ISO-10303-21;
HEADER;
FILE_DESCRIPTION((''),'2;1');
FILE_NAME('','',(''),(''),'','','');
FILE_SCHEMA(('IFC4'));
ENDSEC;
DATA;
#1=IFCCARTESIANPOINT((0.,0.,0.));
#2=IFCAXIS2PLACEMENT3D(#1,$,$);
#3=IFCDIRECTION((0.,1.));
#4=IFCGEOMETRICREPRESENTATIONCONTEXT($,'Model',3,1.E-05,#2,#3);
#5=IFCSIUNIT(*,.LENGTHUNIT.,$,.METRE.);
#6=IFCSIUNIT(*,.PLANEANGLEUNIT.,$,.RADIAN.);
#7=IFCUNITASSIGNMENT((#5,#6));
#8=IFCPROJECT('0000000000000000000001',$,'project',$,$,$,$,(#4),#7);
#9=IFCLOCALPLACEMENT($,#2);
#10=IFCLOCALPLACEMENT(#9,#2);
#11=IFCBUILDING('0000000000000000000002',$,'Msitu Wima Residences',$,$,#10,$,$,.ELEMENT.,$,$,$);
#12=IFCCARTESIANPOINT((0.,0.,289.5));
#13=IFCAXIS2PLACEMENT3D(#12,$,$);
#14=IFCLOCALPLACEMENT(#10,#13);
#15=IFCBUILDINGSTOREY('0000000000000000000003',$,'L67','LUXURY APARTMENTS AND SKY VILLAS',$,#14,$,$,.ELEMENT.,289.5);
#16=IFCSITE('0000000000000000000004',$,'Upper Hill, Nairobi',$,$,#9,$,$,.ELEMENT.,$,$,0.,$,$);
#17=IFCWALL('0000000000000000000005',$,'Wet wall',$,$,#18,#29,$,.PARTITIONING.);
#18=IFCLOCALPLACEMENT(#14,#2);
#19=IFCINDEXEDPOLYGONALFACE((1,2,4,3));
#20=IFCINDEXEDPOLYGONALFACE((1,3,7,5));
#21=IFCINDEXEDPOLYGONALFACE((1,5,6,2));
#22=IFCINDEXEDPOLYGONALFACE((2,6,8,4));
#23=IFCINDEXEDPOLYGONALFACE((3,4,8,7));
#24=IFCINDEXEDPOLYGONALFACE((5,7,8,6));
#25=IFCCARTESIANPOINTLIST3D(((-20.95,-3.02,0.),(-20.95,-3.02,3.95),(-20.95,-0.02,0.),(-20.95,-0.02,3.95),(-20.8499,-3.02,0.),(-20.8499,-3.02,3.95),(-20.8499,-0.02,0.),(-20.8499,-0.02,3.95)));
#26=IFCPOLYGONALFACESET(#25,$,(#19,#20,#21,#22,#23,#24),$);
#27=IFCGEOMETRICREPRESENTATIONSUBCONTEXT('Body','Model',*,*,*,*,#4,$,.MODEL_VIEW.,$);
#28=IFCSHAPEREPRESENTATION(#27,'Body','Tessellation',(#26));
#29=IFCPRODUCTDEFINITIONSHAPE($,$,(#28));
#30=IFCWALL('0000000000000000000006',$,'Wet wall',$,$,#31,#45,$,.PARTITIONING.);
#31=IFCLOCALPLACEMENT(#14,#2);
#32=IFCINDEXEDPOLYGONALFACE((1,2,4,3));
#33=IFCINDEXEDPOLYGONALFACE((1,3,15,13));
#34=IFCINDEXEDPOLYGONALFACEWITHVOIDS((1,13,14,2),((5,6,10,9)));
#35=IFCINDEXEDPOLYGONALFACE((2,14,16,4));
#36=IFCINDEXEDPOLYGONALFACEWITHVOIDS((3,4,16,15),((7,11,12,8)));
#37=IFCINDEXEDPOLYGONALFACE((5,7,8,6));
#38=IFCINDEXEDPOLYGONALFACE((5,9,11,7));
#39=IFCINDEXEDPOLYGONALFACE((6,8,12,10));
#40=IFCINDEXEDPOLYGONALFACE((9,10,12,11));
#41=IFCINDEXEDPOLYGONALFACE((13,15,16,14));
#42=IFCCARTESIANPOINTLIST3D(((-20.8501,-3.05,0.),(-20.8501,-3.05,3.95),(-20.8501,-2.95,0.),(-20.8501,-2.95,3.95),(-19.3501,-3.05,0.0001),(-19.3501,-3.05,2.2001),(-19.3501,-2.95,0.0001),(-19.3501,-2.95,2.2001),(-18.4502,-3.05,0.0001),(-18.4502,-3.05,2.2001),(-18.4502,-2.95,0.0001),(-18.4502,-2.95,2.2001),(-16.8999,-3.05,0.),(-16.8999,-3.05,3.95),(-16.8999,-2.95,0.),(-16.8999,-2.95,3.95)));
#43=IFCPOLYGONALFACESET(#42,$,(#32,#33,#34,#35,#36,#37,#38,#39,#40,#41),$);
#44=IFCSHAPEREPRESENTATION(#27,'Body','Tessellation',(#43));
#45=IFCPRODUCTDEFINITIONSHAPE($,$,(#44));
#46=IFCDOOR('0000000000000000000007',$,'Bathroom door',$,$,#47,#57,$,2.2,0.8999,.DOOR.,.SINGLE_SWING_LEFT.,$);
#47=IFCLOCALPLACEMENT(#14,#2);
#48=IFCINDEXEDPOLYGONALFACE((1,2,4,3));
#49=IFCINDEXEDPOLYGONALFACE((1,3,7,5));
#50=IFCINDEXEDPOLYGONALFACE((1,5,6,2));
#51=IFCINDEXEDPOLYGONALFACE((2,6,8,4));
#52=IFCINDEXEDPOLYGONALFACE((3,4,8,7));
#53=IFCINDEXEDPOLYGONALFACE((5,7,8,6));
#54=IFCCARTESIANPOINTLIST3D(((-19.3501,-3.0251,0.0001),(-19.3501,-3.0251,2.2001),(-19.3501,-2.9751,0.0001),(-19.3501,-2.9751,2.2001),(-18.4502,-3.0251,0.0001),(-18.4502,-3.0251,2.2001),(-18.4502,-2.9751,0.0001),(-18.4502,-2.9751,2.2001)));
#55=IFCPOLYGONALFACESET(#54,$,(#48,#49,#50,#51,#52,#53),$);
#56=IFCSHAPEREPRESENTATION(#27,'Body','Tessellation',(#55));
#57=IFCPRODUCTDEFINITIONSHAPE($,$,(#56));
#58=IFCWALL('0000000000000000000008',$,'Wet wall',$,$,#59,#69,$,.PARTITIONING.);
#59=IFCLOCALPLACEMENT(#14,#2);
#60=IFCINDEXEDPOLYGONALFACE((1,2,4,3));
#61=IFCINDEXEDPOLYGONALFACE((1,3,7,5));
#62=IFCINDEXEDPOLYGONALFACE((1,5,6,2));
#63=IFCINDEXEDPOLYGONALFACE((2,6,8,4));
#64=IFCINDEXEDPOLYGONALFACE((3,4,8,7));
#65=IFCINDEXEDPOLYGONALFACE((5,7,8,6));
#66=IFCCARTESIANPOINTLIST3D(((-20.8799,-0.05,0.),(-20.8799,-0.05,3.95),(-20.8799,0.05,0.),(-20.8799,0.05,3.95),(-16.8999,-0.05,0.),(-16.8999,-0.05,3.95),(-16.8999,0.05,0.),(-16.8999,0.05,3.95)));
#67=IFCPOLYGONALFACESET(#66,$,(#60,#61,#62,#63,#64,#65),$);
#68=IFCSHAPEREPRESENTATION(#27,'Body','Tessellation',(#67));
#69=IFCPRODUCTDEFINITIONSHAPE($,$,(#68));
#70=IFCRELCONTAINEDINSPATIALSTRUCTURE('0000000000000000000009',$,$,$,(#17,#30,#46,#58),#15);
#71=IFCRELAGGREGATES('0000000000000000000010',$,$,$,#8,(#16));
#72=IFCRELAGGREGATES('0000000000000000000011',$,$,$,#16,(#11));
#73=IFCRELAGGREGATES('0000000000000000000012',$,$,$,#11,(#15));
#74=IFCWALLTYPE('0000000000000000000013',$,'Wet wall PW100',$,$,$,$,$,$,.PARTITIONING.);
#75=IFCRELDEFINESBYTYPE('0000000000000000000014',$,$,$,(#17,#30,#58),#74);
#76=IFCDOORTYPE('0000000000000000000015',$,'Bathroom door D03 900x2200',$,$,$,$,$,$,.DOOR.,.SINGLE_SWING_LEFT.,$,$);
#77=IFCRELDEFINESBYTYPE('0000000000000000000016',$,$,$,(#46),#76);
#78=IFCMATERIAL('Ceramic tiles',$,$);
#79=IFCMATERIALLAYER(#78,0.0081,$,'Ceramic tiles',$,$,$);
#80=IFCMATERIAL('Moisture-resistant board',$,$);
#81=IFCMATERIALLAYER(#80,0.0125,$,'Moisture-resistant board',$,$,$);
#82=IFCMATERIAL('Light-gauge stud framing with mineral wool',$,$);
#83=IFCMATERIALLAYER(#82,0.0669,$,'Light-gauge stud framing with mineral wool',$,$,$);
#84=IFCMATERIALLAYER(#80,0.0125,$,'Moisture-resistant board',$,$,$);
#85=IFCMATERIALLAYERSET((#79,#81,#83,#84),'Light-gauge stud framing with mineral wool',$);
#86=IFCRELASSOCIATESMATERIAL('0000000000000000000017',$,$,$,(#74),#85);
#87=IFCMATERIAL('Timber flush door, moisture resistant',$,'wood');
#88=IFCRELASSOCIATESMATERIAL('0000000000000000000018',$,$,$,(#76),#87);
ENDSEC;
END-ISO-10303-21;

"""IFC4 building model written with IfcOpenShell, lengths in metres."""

from ifc_helpers import new_model, si_unit, direction, frame, frame_2d, origin, place, context, subcontext, project, spatial, rectangle, extrude, material, layer, layer_set, type_object, element, fill, save


model = new_model("IFC4")

# Units and contexts
model_context = context("Model", 3, precision=1e-05, world=origin(), true_north=direction((0.0, 1.0)))
body_context = subcontext(model_context, "Body", "Model", "MODEL_VIEW")
ifc_project = project(units=[si_unit("LENGTHUNIT", "METRE"), si_unit("PLANEANGLEUNIT", "RADIAN")], contexts=[model_context])

# Site, building, storey
site_placement = place(None, origin())
site = spatial("IfcSite", under=ifc_project, at=site_placement, Name="Upper Hill, Nairobi", CompositionType="ELEMENT", RefElevation=0.0)
building_placement = place(site_placement, origin())
building = spatial("IfcBuilding", under=site, at=building_placement, Name="Msitu Wima Residences", CompositionType="ELEMENT")
storey_placement = place(building_placement, frame((0.0, 0.0, 289.5)))
storey = spatial("IfcBuildingStorey", under=building, at=storey_placement, Name="L67", Description="LUXURY APARTMENTS AND SKY VILLAS", CompositionType="ELEMENT", Elevation=289.5)

# Wall
ifc_material_1 = material(Name="Ceramic tiles")
ifc_layer_1 = layer(ifc_material_1, 0.0081, Name="Ceramic tiles")
ifc_material_2 = material(Name="Moisture-resistant board")
ifc_layer_2 = layer(ifc_material_2, 0.0125, Name="Moisture-resistant board")
ifc_material_3 = material(Name="Light-gauge stud framing with mineral wool")
ifc_layer_3 = layer(ifc_material_3, 0.0669, Name="Light-gauge stud framing with mineral wool")
ifc_layer_4 = layer(ifc_material_2, 0.0125, Name="Moisture-resistant board")
ifc_layer_set_1 = layer_set([ifc_layer_1, ifc_layer_2, ifc_layer_3, ifc_layer_4], Name="Light-gauge stud framing with mineral wool")
wall_type_1 = type_object("IfcWallType", Name="Wet wall PW100", PredefinedType="PARTITIONING", material=ifc_layer_set_1)
wall_1_placement = place(storey_placement, frame((-20.8999, -3.02, 0.0), z_axis=(0.0, 0.0, 1.0), x_axis=(0.0, 1.0, 0.0)))
element("IfcWall", 1, at=wall_1_placement, inside=storey, type_object=wall_type_1, Name="Wet wall", PredefinedType="PARTITIONING", context=body_context, shape_type="SweptSolid", body=[
    extrude(rectangle(XDim=3.0, YDim=0.1001, at=frame_2d((1.5, 0.0))), origin(), (0.0, 0.0, 1.0), 3.95),
])

# Wall, opening, door
wall_2_placement = place(storey_placement, frame((-20.8501, -3.0, 0.0), z_axis=(0.0, 0.0, 1.0), x_axis=(1.0, 0.0, 0.0)))
wall_2 = element("IfcWall", 2, at=wall_2_placement, inside=storey, type_object=wall_type_1, Name="Wet wall", PredefinedType="PARTITIONING", context=body_context, shape_type="SweptSolid", body=[
    extrude(rectangle(XDim=3.9502, YDim=0.1001, at=frame_2d((1.9751, 0.0))), origin(), (0.0, 0.0, 1.0), 3.95),
])
opening_1_placement = place(wall_2_placement, frame((1.5, 0.0, 0.0)))
opening_1 = element("IfcOpeningElement", 3, at=opening_1_placement, cuts=wall_2, PredefinedType="OPENING", context=body_context, shape_type="SweptSolid", body=[
    extrude(rectangle(XDim=0.8999, YDim=2.2, at=frame_2d((0.45, 1.1001))), frame((0.0, 0.0601, 0.0), z_axis=(0.0, -1.0, 0.0), x_axis=(1.0, 0.0, 0.0)), (0.0, 0.0, 1.0), 0.1201),
])
ifc_material_4 = material(Name="Timber flush door, moisture resistant", Category="wood")
door_type_1 = type_object("IfcDoorType", Name="Bathroom door D03 900x2200", OperationType="SINGLE_SWING_LEFT", PredefinedType="DOOR", material=ifc_material_4)
door_1_placement = place(opening_1_placement, origin())
door_1 = element("IfcDoor", 4, at=door_1_placement, inside=storey, type_object=door_type_1, Name="Bathroom door", OperationType="SINGLE_SWING_LEFT", OverallHeight=2.2, OverallWidth=0.8999, PredefinedType="DOOR", context=body_context, shape_type="SweptSolid", body=[
    extrude(rectangle(XDim=0.8999, YDim=2.2, at=frame_2d((0.45, 1.1001))), frame((0.0, 0.0249, 0.0), z_axis=(0.0, -1.0, 0.0), x_axis=(1.0, 0.0, 0.0)), (0.0, 0.0, 1.0), 0.05),
])
fill(opening_1, door_1)

# Wall
wall_3_placement = place(storey_placement, frame((-20.8799, 0.0, 0.0), z_axis=(0.0, 0.0, 1.0), x_axis=(1.0, 0.0, 0.0)))
element("IfcWall", 5, at=wall_3_placement, inside=storey, type_object=wall_type_1, Name="Wet wall", PredefinedType="PARTITIONING", context=body_context, shape_type="SweptSolid", body=[
    extrude(rectangle(XDim=3.98, YDim=0.1001, at=frame_2d((1.99, 0.0))), origin(), (0.0, 0.0, 1.0), 3.95),
])

save(model, "model.ifc")
